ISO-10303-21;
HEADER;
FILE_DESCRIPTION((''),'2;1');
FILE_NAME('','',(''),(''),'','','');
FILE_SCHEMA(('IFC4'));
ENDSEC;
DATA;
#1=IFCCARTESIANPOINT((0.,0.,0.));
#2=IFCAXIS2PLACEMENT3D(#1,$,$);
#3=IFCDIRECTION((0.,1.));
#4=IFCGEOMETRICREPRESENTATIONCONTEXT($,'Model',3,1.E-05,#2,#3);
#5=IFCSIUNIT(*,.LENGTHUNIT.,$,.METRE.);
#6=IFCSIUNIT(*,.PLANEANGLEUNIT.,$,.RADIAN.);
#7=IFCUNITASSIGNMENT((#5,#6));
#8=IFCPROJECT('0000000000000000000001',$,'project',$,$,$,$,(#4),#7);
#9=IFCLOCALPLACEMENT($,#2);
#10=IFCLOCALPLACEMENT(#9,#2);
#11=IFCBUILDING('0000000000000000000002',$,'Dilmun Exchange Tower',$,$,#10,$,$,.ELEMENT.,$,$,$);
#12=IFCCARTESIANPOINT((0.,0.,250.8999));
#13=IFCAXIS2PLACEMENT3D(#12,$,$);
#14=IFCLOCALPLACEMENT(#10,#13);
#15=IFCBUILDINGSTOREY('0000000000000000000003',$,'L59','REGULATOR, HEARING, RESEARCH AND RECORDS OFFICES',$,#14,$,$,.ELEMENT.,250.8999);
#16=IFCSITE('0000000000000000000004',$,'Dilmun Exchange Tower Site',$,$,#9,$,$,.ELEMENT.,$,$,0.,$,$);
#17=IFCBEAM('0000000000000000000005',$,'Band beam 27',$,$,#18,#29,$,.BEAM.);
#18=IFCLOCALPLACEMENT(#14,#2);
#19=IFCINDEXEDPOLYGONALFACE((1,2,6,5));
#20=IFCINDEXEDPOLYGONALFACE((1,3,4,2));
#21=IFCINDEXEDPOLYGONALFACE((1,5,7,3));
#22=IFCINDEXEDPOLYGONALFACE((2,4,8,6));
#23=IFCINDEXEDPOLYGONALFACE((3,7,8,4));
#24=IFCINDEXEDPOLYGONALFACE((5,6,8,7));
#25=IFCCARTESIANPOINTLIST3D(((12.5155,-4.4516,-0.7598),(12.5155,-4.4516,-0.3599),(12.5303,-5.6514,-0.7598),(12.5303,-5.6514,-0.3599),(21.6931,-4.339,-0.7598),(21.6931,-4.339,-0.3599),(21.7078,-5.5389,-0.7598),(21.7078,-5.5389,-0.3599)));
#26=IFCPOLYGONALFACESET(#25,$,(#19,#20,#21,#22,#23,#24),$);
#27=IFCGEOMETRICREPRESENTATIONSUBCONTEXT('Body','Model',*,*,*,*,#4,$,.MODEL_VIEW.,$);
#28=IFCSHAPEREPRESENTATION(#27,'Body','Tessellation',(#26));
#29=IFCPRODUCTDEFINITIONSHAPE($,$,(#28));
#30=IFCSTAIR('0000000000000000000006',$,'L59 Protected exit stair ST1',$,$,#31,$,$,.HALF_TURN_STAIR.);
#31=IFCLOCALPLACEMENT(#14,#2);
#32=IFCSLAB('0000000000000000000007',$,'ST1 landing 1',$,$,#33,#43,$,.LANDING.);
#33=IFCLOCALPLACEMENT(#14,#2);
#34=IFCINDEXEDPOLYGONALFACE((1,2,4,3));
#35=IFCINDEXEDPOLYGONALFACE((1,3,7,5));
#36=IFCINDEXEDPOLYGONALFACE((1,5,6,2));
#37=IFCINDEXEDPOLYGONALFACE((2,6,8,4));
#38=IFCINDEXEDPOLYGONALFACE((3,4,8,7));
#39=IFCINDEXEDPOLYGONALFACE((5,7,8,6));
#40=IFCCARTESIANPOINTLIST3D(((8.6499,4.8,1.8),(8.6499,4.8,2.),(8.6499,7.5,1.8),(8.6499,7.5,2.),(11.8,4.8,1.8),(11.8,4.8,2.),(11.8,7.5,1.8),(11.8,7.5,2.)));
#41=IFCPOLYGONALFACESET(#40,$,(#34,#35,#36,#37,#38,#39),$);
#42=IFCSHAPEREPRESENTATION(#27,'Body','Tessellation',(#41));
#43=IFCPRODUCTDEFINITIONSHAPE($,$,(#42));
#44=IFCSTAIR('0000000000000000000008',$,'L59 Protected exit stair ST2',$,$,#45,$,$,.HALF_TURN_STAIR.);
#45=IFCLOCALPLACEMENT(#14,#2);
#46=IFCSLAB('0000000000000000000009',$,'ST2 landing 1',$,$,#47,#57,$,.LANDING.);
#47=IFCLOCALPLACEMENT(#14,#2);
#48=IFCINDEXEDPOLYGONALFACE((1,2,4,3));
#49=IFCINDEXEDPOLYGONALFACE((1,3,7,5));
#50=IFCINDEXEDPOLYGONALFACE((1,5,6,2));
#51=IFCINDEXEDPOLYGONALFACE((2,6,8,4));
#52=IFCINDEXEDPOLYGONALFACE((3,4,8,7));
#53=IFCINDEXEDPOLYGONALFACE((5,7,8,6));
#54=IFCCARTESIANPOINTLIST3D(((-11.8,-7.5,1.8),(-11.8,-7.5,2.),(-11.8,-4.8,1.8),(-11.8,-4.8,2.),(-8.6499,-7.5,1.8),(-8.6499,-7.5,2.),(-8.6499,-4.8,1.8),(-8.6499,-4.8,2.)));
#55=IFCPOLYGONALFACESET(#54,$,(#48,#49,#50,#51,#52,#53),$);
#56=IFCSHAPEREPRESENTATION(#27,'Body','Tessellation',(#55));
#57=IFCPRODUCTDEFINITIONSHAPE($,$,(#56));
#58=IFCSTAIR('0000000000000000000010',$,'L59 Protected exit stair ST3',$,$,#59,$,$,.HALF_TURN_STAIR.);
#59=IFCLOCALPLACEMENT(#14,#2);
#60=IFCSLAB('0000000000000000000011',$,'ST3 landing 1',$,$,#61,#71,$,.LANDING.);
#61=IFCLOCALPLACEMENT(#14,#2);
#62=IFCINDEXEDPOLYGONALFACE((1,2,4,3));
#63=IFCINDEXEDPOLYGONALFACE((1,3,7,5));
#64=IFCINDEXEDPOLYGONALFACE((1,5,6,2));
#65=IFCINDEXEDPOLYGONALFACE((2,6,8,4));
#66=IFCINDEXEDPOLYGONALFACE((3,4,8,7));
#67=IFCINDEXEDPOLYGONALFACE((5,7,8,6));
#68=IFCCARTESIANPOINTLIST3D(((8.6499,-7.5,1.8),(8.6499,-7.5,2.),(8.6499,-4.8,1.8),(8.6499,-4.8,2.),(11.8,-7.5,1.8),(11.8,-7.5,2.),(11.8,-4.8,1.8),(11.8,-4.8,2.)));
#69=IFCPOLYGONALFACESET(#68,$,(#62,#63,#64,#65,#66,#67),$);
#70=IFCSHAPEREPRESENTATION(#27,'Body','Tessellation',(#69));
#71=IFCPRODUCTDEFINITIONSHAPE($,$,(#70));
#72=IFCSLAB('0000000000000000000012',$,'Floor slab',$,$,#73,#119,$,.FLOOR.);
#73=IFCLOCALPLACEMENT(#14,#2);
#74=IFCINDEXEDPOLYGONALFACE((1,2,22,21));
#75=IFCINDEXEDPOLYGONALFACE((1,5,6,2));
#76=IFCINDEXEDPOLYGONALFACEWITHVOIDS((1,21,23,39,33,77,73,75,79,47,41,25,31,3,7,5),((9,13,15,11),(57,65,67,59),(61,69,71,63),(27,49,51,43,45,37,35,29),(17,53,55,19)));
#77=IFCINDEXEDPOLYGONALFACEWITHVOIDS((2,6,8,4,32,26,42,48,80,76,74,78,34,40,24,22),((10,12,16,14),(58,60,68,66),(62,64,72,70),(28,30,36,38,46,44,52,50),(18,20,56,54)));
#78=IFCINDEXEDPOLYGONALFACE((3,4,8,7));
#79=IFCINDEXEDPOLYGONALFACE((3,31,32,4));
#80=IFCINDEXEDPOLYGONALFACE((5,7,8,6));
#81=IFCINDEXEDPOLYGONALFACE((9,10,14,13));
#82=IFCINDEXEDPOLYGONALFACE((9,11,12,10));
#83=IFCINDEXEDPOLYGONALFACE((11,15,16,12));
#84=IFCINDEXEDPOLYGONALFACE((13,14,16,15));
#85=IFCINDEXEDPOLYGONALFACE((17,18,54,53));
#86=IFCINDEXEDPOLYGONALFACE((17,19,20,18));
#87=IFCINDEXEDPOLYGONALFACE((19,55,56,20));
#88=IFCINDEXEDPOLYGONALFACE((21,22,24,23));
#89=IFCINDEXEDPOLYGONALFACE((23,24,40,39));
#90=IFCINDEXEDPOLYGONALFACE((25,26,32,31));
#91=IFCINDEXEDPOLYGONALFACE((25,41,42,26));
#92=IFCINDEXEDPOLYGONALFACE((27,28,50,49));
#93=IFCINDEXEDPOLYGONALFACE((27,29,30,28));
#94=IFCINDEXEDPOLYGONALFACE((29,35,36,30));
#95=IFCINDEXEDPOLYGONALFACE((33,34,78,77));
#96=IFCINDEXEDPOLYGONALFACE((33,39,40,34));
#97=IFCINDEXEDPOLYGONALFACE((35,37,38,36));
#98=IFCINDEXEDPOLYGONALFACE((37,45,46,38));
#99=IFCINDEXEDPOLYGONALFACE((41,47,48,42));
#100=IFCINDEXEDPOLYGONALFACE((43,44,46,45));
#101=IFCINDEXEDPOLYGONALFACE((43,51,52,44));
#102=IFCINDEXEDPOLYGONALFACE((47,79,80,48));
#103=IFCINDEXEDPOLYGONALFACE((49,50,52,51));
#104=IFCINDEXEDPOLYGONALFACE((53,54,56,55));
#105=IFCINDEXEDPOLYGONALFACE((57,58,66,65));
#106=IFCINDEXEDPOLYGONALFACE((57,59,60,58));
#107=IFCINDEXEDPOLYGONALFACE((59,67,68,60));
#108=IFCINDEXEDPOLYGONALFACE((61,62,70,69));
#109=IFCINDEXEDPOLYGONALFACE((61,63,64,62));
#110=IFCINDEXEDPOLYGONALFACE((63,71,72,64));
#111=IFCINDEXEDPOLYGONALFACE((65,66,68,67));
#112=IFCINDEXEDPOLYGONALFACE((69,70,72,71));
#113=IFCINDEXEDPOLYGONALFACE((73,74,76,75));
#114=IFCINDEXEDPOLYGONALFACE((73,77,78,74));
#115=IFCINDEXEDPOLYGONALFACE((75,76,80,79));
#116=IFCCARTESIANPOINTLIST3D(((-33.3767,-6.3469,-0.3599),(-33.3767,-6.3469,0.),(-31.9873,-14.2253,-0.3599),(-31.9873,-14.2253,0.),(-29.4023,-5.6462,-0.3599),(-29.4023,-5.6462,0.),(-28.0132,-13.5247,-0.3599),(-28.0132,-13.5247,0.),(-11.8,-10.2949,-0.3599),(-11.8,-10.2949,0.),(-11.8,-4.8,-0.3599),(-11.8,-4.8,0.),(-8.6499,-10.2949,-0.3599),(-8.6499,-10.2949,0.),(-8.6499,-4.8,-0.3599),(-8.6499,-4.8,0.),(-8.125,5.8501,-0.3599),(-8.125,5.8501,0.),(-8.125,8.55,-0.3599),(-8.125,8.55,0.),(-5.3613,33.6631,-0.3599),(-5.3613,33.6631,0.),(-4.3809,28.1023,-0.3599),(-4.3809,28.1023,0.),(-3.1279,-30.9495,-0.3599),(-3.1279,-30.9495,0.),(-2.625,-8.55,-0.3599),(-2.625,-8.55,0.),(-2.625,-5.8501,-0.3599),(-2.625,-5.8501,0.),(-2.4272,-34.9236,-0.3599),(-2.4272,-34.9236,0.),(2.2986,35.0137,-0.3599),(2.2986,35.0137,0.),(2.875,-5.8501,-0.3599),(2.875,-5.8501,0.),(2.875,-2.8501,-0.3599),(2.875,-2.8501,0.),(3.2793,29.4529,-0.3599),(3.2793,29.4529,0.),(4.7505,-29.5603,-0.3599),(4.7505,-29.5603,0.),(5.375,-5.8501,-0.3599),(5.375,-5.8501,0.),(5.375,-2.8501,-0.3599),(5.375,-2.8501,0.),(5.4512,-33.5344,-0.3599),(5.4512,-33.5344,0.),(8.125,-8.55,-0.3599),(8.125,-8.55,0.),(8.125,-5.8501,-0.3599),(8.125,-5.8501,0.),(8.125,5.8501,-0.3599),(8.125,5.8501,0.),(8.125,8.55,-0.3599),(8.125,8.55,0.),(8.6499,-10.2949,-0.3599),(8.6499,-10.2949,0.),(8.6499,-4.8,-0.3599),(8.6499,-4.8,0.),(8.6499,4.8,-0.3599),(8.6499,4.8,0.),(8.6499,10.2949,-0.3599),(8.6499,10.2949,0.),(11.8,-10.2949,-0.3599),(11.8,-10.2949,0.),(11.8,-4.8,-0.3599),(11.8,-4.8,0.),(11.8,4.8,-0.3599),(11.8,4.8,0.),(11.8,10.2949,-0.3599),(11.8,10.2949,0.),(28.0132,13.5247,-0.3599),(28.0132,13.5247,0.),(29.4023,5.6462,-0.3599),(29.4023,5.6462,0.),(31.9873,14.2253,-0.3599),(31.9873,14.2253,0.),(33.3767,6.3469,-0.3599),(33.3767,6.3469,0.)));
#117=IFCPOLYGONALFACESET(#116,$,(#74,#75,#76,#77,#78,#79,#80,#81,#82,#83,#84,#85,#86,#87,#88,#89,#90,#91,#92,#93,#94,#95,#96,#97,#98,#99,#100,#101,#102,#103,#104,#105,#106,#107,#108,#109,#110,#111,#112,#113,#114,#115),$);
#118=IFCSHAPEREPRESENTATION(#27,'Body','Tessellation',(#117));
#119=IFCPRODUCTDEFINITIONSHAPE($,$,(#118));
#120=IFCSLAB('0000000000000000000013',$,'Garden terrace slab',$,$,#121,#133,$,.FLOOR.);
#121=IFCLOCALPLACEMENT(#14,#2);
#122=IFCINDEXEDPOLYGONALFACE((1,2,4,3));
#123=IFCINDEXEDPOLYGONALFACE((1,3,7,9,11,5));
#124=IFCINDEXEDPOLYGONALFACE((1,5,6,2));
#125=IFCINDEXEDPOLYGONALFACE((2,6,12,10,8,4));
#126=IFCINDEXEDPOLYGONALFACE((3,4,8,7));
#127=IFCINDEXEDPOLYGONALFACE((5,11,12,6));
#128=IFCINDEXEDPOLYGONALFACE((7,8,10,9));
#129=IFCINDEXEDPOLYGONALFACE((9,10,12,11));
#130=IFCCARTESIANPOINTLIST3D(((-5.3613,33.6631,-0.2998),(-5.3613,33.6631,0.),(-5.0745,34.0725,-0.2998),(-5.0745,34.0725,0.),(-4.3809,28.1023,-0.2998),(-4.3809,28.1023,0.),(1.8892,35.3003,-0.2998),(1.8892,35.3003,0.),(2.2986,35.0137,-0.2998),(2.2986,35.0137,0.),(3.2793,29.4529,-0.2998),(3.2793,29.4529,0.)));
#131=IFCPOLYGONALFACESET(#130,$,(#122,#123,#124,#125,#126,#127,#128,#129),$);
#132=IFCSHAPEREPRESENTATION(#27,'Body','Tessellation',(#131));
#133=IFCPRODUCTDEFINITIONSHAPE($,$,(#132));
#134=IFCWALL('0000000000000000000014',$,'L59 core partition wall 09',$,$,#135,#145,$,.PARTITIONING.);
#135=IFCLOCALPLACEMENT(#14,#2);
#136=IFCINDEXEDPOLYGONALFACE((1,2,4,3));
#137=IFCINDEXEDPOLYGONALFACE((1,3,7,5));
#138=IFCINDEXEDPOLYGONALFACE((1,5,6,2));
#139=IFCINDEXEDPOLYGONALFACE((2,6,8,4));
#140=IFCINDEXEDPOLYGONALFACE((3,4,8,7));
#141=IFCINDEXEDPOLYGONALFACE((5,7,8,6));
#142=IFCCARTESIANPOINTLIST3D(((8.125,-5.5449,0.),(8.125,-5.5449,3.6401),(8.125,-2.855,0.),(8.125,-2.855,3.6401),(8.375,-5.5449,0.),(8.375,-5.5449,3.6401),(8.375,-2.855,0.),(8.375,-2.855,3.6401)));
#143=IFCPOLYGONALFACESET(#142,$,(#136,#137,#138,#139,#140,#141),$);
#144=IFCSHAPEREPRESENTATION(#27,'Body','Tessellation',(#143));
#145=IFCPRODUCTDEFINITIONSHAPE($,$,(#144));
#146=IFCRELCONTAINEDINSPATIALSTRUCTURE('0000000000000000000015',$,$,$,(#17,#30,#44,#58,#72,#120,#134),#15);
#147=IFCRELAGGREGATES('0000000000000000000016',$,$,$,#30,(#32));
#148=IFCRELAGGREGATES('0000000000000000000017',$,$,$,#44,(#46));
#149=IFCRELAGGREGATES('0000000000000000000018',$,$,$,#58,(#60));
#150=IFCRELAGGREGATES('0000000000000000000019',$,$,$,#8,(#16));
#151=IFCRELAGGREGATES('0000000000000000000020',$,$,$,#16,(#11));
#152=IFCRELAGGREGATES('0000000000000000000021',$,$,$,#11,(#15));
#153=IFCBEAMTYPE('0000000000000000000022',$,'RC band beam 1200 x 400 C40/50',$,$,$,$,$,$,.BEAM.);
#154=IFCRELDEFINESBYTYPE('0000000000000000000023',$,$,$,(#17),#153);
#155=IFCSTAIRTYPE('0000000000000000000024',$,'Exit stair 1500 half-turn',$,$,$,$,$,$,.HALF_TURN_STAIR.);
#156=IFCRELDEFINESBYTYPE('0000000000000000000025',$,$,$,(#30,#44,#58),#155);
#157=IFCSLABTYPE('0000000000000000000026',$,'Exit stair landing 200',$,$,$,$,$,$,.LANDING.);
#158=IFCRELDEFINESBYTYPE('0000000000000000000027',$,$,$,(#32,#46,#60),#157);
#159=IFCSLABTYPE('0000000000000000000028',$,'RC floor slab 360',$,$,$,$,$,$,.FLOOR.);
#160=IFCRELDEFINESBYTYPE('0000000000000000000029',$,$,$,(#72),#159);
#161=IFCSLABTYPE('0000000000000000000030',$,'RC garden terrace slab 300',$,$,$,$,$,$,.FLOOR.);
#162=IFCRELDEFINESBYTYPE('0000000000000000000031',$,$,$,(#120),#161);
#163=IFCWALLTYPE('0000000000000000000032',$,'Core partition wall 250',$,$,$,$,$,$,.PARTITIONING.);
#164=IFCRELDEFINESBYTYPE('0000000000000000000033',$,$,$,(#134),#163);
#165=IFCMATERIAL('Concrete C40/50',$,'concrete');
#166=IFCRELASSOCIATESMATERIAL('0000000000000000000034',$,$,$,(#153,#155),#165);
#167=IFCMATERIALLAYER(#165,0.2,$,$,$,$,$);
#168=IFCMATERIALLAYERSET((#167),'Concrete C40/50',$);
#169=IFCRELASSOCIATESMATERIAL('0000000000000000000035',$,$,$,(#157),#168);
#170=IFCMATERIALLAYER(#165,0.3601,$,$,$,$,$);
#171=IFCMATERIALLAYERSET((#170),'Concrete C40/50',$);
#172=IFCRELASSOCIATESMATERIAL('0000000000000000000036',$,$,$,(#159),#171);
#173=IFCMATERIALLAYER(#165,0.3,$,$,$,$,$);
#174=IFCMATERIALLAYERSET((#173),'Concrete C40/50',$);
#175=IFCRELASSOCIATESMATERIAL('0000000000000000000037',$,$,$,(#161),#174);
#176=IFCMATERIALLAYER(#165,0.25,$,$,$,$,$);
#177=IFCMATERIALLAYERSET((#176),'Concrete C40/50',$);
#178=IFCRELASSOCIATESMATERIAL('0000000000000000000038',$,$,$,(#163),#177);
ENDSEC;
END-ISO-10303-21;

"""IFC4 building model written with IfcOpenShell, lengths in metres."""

from ifc_helpers import new_model, si_unit, direction, frame, frame_2d, origin, origin_2d, place, context, subcontext, project, spatial, polyline, rectangle, outline, extrude, material, layer, layer_set, material_profile, profile_set, type_object, element, aggregate, save


model = new_model("IFC4")

# Units and contexts
model_context = context("Model", 3, precision=1e-05, world=origin(), true_north=direction((0.0, 1.0)))
body_context = subcontext(model_context, "Body", "Model", "MODEL_VIEW")
ifc_project = project(units=[si_unit("LENGTHUNIT", "METRE"), si_unit("PLANEANGLEUNIT", "RADIAN")], contexts=[model_context])

# Site, building, storey
site_placement = place(None, origin())
site = spatial("IfcSite", under=ifc_project, at=site_placement, Name="Dilmun Exchange Tower Site", CompositionType="ELEMENT", RefElevation=0.0)
building_placement = place(site_placement, origin())
building = spatial("IfcBuilding", under=site, at=building_placement, Name="Dilmun Exchange Tower", CompositionType="ELEMENT")
storey_placement = place(building_placement, frame((0.0, 0.0, 250.8999)))
storey = spatial("IfcBuildingStorey", under=building, at=storey_placement, Name="L59", Description="REGULATOR, HEARING, RESEARCH AND RECORDS OFFICES", CompositionType="ELEMENT", Elevation=250.8999)

# Beam
ifc_material_1 = material(Name="Concrete C40/50", Category="concrete")
ifc_material_profile = material_profile(ifc_material_1, rectangle(XDim=1.2, YDim=0.3999, at=origin_2d()), Name="1200 x 400")
ifc_profile_set = profile_set([ifc_material_profile], Name="Concrete C40/50")
beam_type = type_object("IfcBeamType", Name="RC band beam 1200 x 400 C40/50", PredefinedType="BEAM", material=ifc_profile_set)
beam_placement = place(storey_placement, frame((21.7004, -4.939, -0.5598), z_axis=(-0.999925, -0.012263, 0.0), x_axis=(0.012263, -0.999925, 0.0)))
element("IfcBeam", 1, at=beam_placement, inside=storey, type_object=beam_type, Name="Band beam 27", PredefinedType="BEAM", context=body_context, shape_type="SweptSolid", body=[
    extrude(rectangle(XDim=1.2, YDim=0.3999, at=origin_2d()), origin(), (0.0, 0.0, 1.0), 9.1782),
])

# Stairs, slabs
stair_type = type_object("IfcStairType", Name="Exit stair 1500 half-turn", PredefinedType="HALF_TURN_STAIR", material=ifc_material_1)
stair_1_placement = place(storey_placement, origin())
stair_1 = element("IfcStair", 2, at=stair_1_placement, inside=storey, type_object=stair_type, Name="L59 Protected exit stair ST1", PredefinedType="HALF_TURN_STAIR")
ifc_layer_1 = layer(ifc_material_1, 0.2)
ifc_layer_set_1 = layer_set([ifc_layer_1], Name="Concrete C40/50")
slab_type_1 = type_object("IfcSlabType", Name="Exit stair landing 200", PredefinedType="LANDING", material=ifc_layer_set_1)
slab_1_placement = place(storey_placement, frame((0.0, 0.0, 1.8)))
slab_1 = element("IfcSlab", 3, at=slab_1_placement, type_object=slab_type_1, Name="ST1 landing 1", PredefinedType="LANDING", context=body_context, shape_type="SweptSolid", body=[
    extrude(outline(polyline([(8.6499, 7.5), (8.6499, 4.8), (11.8, 4.8), (11.8, 7.5), (8.6499, 7.5)])), origin(), (0.0, 0.0, 1.0), 0.2),
])
aggregate(stair_1, [slab_1])
stair_2_placement = place(storey_placement, origin())
stair_2 = element("IfcStair", 4, at=stair_2_placement, inside=storey, type_object=stair_type, Name="L59 Protected exit stair ST2", PredefinedType="HALF_TURN_STAIR")
slab_2_placement = place(storey_placement, frame((0.0, 0.0, 1.8)))
slab_2 = element("IfcSlab", 5, at=slab_2_placement, type_object=slab_type_1, Name="ST2 landing 1", PredefinedType="LANDING", context=body_context, shape_type="SweptSolid", body=[
    extrude(outline(polyline([(-8.6499, -7.5), (-8.6499, -4.8), (-11.8, -4.8), (-11.8, -7.5), (-8.6499, -7.5)])), origin(), (0.0, 0.0, 1.0), 0.2),
])
aggregate(stair_2, [slab_2])
stair_3_placement = place(storey_placement, origin())
stair_3 = element("IfcStair", 6, at=stair_3_placement, inside=storey, type_object=stair_type, Name="L59 Protected exit stair ST3", PredefinedType="HALF_TURN_STAIR")
slab_3_placement = place(storey_placement, frame((0.0, 0.0, 1.8)))
slab_3 = element("IfcSlab", 7, at=slab_3_placement, type_object=slab_type_1, Name="ST3 landing 1", PredefinedType="LANDING", context=body_context, shape_type="SweptSolid", body=[
    extrude(outline(polyline([(11.8, -7.5), (11.8, -4.8), (8.6499, -4.8), (8.6499, -7.5), (11.8, -7.5)])), origin(), (0.0, 0.0, 1.0), 0.2),
])

# Slabs
ifc_layer_2 = layer(ifc_material_1, 0.3601)
ifc_layer_set_2 = layer_set([ifc_layer_2], Name="Concrete C40/50")
slab_type_2 = type_object("IfcSlabType", Name="RC floor slab 360", PredefinedType="FLOOR", material=ifc_layer_set_2)
slab_4_placement = place(storey_placement, frame((0.0, 0.0, -0.3599)))
element("IfcSlab", 8, at=slab_4_placement, inside=storey, type_object=slab_type_2, Name="Floor slab", PredefinedType="FLOOR", context=body_context, shape_type="SweptSolid", body=[
    extrude(outline(polyline([(28.0132, 13.5247), (29.4023, 5.6462), (33.3767, 6.3469), (5.4512, -33.5344), (4.7505, -29.5603), (-3.1279, -30.9495), (-2.4272, -34.9236), (-31.9873, -14.2253), (-28.0132, -13.5247), (-29.4023, -5.6462), (-33.3767, -6.3469), (-5.3613, 33.6631), (-4.3809, 28.1023), (3.2793, 29.4529), (2.2986, 35.0137), (31.9873, 14.2253), (28.0132, 13.5247)]), holes=[polyline([(-8.6499, -4.8), (-11.8, -4.8), (-11.8, -10.2949), (-8.6499, -10.2949), (-8.6499, -4.8)]), polyline([(11.8, -4.8), (8.6499, -4.8), (8.6499, -10.2949), (11.8, -10.2949), (11.8, -4.8)]), polyline([(2.875, -5.8501), (-2.625, -5.8501), (-2.625, -8.55), (8.125, -8.55), (8.125, -5.8501), (5.375, -5.8501), (5.375, -2.8501), (2.875, -2.8501), (2.875, -5.8501)]), polyline([(8.125, 5.8501), (8.125, 8.55), (-8.125, 8.55), (-8.125, 5.8501), (8.125, 5.8501)]), polyline([(8.6499, 10.2949), (8.6499, 4.8), (11.8, 4.8), (11.8, 10.2949), (8.6499, 10.2949)])]), origin(), (0.0, 0.0, 1.0), 0.3599),
])
ifc_layer_3 = layer(ifc_material_1, 0.3)
ifc_layer_set_3 = layer_set([ifc_layer_3], Name="Concrete C40/50")
slab_type_3 = type_object("IfcSlabType", Name="RC garden terrace slab 300", PredefinedType="FLOOR", material=ifc_layer_set_3)
slab_5_placement = place(storey_placement, frame((0.0, 0.0, -0.2998)))
element("IfcSlab", 9, at=slab_5_placement, inside=storey, type_object=slab_type_3, Name="Garden terrace slab", PredefinedType="FLOOR", context=body_context, shape_type="SweptSolid", body=[
    extrude(outline(polyline([(-4.3809, 28.1023), (-5.3613, 33.6631), (-5.0745, 34.0725), (1.8892, 35.3003), (2.2986, 35.0137), (3.2793, 29.4529), (-4.3809, 28.1023)])), origin(), (0.0, 0.0, 1.0), 0.2998),
])

# Wall
ifc_layer_4 = layer(ifc_material_1, 0.25)
ifc_layer_set_4 = layer_set([ifc_layer_4], Name="Concrete C40/50")
wall_type_1 = type_object("IfcWallType", Name="Core partition wall 250", PredefinedType="PARTITIONING", material=ifc_layer_set_4)
wall_1_placement = place(storey_placement, frame((8.25, -5.5449, 0.0), z_axis=(0.0, 0.0, 1.0), x_axis=(0.0, 1.0, 0.0)))
element("IfcWall", 10, at=wall_1_placement, inside=storey, type_object=wall_type_1, Name="L59 core partition wall 09", PredefinedType="PARTITIONING", context=body_context, shape_type="SweptSolid", body=[
    extrude(rectangle(XDim=2.6899, YDim=0.25, at=frame_2d((1.345, 0.0))), origin(), (0.0, 0.0, 1.0), 3.6401),
])

aggregate(stair_3, [slab_3])

save(model, "model.ifc")
